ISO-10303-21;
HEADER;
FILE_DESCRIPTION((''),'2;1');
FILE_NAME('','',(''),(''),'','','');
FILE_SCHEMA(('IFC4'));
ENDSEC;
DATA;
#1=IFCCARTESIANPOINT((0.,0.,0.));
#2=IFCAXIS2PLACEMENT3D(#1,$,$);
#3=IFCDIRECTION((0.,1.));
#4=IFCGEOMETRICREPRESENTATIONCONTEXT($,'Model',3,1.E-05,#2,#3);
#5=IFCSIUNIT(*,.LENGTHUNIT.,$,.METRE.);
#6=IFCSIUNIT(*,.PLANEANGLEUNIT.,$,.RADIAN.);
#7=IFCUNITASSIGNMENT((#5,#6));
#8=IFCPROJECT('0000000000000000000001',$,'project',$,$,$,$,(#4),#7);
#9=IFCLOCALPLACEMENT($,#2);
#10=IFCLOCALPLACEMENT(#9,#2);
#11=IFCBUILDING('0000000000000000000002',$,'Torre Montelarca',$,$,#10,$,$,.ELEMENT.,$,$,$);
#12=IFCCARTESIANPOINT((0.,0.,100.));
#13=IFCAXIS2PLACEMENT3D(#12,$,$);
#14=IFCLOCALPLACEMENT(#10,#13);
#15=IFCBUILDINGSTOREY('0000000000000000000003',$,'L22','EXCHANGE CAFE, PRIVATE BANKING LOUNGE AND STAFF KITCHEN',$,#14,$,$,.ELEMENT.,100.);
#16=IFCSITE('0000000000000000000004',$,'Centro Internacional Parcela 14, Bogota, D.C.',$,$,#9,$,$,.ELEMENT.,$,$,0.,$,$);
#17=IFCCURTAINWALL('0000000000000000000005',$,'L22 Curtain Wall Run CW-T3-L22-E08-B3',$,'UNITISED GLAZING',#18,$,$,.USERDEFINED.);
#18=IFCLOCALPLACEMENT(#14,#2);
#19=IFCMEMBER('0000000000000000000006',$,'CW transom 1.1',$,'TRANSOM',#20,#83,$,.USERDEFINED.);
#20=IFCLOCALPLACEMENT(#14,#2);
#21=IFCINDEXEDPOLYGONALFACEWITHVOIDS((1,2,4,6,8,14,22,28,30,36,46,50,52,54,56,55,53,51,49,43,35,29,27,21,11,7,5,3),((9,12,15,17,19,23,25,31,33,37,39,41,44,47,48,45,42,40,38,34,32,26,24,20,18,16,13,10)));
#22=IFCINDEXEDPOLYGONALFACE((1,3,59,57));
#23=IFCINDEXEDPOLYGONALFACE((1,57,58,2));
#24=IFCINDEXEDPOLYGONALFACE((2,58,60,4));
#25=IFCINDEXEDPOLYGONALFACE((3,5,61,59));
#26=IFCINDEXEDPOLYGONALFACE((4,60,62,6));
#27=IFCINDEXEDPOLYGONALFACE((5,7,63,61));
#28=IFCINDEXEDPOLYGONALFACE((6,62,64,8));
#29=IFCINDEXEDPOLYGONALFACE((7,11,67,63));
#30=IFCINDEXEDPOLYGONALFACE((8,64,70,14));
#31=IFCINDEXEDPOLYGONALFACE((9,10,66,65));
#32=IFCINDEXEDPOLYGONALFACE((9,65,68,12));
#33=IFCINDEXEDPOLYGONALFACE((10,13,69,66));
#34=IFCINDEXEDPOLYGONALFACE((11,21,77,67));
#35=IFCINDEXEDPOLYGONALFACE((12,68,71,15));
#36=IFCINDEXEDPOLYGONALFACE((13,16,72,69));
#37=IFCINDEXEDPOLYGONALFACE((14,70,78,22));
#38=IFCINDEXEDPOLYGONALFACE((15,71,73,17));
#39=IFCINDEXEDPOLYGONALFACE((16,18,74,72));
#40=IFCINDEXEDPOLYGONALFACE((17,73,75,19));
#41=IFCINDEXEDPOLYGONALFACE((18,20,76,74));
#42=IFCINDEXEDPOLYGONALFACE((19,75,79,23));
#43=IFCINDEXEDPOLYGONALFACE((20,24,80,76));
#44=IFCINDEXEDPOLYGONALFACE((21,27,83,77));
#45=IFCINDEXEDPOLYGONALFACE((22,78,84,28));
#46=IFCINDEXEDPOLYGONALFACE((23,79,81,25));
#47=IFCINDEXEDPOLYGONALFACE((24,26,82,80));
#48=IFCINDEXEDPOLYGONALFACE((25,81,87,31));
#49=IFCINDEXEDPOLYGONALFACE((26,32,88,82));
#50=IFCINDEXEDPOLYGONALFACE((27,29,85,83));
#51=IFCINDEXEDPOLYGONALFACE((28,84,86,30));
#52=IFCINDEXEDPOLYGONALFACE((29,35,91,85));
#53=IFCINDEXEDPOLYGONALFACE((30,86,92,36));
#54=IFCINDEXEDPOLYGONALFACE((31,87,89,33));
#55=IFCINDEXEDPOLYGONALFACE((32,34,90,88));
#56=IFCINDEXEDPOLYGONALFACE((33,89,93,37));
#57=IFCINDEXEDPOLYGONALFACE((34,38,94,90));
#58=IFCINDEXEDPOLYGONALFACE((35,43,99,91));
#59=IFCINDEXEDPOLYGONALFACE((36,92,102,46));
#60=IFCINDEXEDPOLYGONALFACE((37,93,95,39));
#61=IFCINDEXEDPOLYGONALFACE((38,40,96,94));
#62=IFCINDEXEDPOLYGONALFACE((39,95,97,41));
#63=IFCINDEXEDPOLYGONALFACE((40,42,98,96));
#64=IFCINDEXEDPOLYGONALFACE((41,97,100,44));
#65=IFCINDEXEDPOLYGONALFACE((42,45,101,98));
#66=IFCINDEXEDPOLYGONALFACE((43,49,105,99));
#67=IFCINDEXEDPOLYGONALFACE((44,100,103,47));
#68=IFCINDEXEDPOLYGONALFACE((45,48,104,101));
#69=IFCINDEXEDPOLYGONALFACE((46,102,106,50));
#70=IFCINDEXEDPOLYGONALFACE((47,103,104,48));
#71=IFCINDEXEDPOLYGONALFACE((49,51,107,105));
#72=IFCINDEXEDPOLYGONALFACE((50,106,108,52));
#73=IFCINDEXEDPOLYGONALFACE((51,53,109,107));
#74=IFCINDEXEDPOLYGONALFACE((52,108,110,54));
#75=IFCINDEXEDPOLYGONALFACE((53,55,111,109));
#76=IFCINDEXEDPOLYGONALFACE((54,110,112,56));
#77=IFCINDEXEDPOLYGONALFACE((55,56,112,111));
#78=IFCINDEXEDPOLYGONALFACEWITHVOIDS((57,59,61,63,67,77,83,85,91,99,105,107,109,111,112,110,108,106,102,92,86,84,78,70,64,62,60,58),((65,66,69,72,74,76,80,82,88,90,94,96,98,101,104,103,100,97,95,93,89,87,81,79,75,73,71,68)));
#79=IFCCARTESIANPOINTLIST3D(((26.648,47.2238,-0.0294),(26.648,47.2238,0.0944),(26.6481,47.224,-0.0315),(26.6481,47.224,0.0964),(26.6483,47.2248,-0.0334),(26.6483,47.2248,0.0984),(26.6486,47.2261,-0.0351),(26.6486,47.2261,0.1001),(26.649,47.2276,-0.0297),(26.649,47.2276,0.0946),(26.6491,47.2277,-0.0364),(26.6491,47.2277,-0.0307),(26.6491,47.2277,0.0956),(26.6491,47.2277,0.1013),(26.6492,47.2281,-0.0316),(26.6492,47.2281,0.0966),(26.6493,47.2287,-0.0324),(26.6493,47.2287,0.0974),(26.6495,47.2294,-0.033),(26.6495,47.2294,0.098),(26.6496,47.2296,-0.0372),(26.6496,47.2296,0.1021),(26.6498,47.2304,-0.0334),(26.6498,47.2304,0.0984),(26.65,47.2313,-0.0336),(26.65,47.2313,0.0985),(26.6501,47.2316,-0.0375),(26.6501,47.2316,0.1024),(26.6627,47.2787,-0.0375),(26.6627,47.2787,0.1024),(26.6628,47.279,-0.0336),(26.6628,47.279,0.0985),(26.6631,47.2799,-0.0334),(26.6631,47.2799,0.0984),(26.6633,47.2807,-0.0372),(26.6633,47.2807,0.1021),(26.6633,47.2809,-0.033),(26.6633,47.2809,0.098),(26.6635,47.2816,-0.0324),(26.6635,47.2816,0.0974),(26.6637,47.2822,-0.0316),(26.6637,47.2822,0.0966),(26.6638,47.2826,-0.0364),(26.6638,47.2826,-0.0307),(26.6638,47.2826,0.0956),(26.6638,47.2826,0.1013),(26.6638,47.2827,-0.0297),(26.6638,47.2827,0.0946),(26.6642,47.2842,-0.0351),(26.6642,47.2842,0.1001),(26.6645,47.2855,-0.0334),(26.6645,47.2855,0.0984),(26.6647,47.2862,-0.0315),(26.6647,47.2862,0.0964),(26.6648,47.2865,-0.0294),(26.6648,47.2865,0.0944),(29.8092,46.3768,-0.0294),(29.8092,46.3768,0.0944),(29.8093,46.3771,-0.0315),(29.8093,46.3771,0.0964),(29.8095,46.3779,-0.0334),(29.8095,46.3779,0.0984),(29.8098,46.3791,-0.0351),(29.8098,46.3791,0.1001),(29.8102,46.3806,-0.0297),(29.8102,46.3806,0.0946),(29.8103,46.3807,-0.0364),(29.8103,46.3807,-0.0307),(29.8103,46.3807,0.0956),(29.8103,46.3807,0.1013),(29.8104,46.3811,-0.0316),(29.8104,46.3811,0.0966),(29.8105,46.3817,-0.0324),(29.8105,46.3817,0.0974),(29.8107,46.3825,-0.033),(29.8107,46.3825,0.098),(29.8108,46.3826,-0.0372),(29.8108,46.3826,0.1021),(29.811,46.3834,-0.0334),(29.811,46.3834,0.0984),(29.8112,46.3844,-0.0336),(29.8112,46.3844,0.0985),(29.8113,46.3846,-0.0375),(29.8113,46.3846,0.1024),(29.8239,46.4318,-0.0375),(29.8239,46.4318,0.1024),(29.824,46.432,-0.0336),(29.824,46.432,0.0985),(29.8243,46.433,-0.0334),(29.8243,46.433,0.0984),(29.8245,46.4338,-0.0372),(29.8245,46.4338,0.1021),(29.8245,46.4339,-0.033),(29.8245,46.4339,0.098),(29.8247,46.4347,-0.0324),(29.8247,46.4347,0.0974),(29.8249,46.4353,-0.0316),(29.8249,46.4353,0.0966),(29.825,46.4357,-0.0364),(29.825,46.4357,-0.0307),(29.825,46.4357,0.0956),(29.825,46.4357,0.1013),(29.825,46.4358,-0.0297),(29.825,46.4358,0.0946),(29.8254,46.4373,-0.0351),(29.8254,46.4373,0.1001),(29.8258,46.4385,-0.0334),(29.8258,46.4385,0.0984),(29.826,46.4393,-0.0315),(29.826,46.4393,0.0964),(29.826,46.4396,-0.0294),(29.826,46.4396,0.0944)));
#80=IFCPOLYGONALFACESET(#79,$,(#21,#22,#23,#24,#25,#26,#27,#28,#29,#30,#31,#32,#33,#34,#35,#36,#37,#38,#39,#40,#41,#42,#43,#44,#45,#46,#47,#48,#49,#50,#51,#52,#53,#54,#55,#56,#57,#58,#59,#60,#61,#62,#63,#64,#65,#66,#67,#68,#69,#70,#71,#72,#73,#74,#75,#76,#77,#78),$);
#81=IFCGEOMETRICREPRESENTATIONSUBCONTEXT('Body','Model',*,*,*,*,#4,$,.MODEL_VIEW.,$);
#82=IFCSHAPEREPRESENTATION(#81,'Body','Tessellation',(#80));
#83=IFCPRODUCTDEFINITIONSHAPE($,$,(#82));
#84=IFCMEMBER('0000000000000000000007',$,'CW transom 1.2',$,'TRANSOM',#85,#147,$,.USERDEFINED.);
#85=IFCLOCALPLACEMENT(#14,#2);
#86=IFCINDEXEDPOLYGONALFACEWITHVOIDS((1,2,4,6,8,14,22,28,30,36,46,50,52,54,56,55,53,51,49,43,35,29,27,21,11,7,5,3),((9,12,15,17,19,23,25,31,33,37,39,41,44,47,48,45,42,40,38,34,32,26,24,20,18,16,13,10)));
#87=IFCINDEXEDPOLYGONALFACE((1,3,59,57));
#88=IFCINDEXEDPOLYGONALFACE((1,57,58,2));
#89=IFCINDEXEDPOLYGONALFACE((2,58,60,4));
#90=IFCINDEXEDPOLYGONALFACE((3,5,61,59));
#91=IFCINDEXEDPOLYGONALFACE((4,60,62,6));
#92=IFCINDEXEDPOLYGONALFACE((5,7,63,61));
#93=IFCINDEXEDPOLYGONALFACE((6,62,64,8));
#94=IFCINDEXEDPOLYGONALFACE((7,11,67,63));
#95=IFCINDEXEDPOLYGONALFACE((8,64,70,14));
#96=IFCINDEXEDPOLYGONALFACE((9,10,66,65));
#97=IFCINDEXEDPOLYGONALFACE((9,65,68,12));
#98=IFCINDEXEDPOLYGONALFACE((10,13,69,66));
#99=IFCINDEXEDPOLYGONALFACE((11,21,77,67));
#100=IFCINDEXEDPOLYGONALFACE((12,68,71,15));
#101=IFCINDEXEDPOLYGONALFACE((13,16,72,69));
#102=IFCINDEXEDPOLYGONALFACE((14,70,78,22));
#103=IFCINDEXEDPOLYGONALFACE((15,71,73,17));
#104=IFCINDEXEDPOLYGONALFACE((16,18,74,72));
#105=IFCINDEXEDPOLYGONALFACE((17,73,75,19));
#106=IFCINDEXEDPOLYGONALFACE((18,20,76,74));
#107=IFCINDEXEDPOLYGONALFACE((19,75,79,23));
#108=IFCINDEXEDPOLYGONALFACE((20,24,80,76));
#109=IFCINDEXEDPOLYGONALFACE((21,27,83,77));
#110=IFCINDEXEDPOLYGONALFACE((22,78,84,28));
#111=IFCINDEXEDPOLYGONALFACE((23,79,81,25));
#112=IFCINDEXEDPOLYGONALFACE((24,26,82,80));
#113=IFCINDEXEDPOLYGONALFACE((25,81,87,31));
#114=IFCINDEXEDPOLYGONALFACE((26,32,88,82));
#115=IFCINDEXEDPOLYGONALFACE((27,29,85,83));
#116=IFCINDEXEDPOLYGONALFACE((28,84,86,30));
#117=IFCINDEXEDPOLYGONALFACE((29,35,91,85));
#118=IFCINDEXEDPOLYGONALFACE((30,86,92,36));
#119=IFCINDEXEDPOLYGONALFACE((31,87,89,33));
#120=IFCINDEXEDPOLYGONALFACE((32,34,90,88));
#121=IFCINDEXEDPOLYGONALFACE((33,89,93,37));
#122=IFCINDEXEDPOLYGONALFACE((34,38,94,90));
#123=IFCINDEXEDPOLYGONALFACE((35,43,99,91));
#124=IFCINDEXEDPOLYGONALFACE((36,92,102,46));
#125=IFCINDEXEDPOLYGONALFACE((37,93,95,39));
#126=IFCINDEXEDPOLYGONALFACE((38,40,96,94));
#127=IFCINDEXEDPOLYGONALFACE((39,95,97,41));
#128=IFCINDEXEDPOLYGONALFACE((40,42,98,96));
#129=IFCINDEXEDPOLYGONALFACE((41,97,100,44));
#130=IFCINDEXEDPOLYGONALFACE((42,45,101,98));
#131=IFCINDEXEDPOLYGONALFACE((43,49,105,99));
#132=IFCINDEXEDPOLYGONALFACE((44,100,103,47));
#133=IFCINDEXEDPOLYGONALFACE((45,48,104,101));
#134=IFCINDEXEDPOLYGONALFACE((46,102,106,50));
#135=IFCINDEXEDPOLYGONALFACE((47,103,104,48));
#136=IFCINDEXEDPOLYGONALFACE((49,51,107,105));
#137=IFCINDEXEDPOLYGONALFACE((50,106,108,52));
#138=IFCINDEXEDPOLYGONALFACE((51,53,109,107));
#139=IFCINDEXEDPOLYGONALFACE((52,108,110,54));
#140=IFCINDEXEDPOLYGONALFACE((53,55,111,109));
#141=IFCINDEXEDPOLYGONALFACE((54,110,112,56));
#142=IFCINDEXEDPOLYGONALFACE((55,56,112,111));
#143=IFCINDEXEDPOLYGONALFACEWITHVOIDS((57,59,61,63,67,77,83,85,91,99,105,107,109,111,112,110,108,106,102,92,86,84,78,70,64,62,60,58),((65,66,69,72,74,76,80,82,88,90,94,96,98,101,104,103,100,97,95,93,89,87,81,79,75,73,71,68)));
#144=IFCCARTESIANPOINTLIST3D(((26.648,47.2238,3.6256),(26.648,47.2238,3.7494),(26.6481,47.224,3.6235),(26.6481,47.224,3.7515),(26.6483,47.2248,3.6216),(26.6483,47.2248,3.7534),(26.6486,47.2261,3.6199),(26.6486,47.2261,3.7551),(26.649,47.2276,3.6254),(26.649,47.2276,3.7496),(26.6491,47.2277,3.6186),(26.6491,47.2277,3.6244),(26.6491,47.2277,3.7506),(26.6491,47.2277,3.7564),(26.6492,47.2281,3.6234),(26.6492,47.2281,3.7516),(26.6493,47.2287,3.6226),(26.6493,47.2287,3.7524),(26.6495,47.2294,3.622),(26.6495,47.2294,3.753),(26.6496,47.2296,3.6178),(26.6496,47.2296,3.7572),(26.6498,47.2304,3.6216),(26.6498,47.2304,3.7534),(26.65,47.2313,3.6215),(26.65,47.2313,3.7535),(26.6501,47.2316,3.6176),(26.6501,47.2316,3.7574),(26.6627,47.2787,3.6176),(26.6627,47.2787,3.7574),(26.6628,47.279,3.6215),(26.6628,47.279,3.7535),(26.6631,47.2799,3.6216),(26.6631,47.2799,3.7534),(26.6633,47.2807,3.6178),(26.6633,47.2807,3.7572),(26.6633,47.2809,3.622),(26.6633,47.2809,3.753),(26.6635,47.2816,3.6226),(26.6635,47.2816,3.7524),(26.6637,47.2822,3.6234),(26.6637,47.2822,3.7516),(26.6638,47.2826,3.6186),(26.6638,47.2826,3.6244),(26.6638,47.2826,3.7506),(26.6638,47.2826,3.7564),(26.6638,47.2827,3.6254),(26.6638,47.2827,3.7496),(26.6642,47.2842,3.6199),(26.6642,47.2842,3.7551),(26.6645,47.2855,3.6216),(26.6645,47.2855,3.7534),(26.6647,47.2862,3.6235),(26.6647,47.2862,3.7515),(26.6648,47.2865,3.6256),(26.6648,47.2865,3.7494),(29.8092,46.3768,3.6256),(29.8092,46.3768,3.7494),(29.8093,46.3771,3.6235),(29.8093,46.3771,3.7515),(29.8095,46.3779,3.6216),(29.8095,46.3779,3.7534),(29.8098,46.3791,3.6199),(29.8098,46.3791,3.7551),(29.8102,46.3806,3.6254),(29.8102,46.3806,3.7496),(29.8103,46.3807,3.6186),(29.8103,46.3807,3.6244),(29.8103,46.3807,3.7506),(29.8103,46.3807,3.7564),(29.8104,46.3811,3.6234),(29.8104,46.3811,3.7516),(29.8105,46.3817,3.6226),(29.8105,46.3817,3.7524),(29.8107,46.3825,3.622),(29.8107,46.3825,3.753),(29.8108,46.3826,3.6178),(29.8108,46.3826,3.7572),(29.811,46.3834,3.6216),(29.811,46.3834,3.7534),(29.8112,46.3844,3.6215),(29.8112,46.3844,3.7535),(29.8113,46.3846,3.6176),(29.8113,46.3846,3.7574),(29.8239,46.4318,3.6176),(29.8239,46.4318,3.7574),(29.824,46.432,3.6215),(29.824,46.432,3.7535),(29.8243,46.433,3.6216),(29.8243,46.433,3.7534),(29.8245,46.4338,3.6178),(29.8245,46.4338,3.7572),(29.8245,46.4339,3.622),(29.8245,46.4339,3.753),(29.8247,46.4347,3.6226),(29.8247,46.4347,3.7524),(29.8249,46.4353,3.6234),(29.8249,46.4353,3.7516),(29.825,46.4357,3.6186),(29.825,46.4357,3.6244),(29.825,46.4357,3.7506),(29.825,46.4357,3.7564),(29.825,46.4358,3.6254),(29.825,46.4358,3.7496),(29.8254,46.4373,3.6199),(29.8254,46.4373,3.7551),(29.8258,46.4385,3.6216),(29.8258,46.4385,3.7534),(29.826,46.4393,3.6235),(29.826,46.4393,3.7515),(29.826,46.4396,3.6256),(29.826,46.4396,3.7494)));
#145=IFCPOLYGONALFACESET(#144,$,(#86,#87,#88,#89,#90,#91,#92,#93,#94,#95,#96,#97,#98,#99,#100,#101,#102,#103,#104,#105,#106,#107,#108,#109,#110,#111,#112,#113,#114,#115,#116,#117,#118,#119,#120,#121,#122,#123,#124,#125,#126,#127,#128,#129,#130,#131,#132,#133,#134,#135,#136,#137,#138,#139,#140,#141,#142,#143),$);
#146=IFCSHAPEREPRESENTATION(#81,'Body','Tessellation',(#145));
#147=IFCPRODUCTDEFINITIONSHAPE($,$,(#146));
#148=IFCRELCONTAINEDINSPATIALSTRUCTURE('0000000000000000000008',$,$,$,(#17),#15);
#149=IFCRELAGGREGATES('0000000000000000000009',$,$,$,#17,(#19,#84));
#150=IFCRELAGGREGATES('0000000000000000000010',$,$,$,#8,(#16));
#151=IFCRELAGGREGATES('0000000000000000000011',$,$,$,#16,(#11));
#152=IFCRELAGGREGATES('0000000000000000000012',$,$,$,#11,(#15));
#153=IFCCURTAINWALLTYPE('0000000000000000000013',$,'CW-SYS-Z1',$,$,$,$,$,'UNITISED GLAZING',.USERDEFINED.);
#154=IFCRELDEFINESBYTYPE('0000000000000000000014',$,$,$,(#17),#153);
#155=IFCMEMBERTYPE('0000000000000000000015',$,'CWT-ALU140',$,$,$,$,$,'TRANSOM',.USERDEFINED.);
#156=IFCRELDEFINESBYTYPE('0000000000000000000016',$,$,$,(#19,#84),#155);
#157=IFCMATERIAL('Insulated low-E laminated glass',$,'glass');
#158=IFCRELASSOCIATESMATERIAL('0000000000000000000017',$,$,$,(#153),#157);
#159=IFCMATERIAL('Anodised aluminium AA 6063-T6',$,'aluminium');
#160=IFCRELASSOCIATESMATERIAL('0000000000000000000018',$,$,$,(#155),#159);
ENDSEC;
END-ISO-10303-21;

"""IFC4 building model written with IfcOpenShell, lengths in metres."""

from ifc_helpers import new_model, si_unit, direction, frame, origin, origin_2d, place, context, subcontext, project, spatial, hollow_rectangle, extrude, source, transform, mapped, material, material_profile, profile_set, type_object, element, aggregate, save


model = new_model("IFC4")

# Units and contexts
model_context = context("Model", 3, precision=1e-05, world=origin(), true_north=direction((0.0, 1.0)))
body_context = subcontext(model_context, "Body", "Model", "MODEL_VIEW")
ifc_project = project(units=[si_unit("LENGTHUNIT", "METRE"), si_unit("PLANEANGLEUNIT", "RADIAN")], contexts=[model_context])

# Site, building, storey
site_placement = place(None, origin())
site = spatial("IfcSite", under=ifc_project, at=site_placement, Name="Centro Internacional Parcela 14, Bogota, D.C.", CompositionType="ELEMENT", RefElevation=0.0)
building_placement = place(site_placement, origin())
building = spatial("IfcBuilding", under=site, at=building_placement, Name="Torre Montelarca", CompositionType="ELEMENT")
storey_placement = place(building_placement, frame((0.0, 0.0, 100.0)))
storey = spatial("IfcBuildingStorey", under=building, at=storey_placement, Name="L22", Description="EXCHANGE CAFE, PRIVATE BANKING LOUNGE AND STAFF KITCHEN", CompositionType="ELEMENT", Elevation=100.0)

# Curtain wall, members
ifc_material_1 = material(Name="Insulated low-E laminated glass", Category="glass")
curtain_wall_type = type_object("IfcCurtainWallType", Name="CW-SYS-Z1", ElementType="UNITISED GLAZING", PredefinedType="USERDEFINED", material=ifc_material_1)
ifc_material_2 = material(Name="Anodised aluminium AA 6063-T6", Category="aluminium")
ifc_material_profile_1 = material_profile(ifc_material_2, hollow_rectangle(XDim=0.0649, YDim=0.1399, WallThickness=0.0039, InnerFilletRadius=0.0039, OuterFilletRadius=0.0081, at=origin_2d()), Name="ALU65X140X4", Category="aluminium")
ifc_profile_set_1 = profile_set([ifc_material_profile_1], Name="Anodised aluminium AA 6063-T6")
member_type_1 = type_object("IfcMemberType", Name="CWT-ALU140", ElementType="TRANSOM", PredefinedType="USERDEFINED", material=ifc_profile_set_1)
shared_shape_1 = source(origin(), body_context, "Body", "SweptSolid", [
    extrude(hollow_rectangle(XDim=0.0649, YDim=0.1399, WallThickness=0.0039, InnerFilletRadius=0.0039, OuterFilletRadius=0.0081, at=origin_2d()), origin(), (0.0, 0.0, 1.0), 3.2727),
])
curtain_wall_1_placement = place(storey_placement, origin())
curtain_wall_1 = element("IfcCurtainWall", 1, at=curtain_wall_1_placement, inside=storey, type_object=curtain_wall_type, Name="L22 Curtain Wall Run CW-T3-L22-E08-B3", ObjectType="UNITISED GLAZING", PredefinedType="USERDEFINED")
member_1_placement = place(storey_placement, frame((29.8176, 46.4082, 0.0325), z_axis=(-0.965933, 0.258791, 0.0), x_axis=(-0.258791, -0.965933, 0.0)))
member_1 = element("IfcMember", 2, at=member_1_placement, type_object=member_type_1, Name="CW transom 1.1", ObjectType="TRANSOM", PredefinedType="USERDEFINED", context=body_context, shape_type="MappedRepresentation", body=[
    mapped(shared_shape_1, transform((0.0, 0.0, 0.0), scale=1.0)),
])
member_2_placement = place(storey_placement, frame((29.8176, 46.4082, 3.6875), z_axis=(-0.965933, 0.258791, 0.0), x_axis=(-0.258791, -0.965933, 0.0)))
member_2 = element("IfcMember", 3, at=member_2_placement, type_object=member_type_1, Name="CW transom 1.2", ObjectType="TRANSOM", PredefinedType="USERDEFINED", context=body_context, shape_type="MappedRepresentation", body=[
    mapped(shared_shape_1, transform((0.0, 0.0, 0.0), scale=1.0)),
])

aggregate(curtain_wall_1, [member_1, member_2])

save(model, "model.ifc")
